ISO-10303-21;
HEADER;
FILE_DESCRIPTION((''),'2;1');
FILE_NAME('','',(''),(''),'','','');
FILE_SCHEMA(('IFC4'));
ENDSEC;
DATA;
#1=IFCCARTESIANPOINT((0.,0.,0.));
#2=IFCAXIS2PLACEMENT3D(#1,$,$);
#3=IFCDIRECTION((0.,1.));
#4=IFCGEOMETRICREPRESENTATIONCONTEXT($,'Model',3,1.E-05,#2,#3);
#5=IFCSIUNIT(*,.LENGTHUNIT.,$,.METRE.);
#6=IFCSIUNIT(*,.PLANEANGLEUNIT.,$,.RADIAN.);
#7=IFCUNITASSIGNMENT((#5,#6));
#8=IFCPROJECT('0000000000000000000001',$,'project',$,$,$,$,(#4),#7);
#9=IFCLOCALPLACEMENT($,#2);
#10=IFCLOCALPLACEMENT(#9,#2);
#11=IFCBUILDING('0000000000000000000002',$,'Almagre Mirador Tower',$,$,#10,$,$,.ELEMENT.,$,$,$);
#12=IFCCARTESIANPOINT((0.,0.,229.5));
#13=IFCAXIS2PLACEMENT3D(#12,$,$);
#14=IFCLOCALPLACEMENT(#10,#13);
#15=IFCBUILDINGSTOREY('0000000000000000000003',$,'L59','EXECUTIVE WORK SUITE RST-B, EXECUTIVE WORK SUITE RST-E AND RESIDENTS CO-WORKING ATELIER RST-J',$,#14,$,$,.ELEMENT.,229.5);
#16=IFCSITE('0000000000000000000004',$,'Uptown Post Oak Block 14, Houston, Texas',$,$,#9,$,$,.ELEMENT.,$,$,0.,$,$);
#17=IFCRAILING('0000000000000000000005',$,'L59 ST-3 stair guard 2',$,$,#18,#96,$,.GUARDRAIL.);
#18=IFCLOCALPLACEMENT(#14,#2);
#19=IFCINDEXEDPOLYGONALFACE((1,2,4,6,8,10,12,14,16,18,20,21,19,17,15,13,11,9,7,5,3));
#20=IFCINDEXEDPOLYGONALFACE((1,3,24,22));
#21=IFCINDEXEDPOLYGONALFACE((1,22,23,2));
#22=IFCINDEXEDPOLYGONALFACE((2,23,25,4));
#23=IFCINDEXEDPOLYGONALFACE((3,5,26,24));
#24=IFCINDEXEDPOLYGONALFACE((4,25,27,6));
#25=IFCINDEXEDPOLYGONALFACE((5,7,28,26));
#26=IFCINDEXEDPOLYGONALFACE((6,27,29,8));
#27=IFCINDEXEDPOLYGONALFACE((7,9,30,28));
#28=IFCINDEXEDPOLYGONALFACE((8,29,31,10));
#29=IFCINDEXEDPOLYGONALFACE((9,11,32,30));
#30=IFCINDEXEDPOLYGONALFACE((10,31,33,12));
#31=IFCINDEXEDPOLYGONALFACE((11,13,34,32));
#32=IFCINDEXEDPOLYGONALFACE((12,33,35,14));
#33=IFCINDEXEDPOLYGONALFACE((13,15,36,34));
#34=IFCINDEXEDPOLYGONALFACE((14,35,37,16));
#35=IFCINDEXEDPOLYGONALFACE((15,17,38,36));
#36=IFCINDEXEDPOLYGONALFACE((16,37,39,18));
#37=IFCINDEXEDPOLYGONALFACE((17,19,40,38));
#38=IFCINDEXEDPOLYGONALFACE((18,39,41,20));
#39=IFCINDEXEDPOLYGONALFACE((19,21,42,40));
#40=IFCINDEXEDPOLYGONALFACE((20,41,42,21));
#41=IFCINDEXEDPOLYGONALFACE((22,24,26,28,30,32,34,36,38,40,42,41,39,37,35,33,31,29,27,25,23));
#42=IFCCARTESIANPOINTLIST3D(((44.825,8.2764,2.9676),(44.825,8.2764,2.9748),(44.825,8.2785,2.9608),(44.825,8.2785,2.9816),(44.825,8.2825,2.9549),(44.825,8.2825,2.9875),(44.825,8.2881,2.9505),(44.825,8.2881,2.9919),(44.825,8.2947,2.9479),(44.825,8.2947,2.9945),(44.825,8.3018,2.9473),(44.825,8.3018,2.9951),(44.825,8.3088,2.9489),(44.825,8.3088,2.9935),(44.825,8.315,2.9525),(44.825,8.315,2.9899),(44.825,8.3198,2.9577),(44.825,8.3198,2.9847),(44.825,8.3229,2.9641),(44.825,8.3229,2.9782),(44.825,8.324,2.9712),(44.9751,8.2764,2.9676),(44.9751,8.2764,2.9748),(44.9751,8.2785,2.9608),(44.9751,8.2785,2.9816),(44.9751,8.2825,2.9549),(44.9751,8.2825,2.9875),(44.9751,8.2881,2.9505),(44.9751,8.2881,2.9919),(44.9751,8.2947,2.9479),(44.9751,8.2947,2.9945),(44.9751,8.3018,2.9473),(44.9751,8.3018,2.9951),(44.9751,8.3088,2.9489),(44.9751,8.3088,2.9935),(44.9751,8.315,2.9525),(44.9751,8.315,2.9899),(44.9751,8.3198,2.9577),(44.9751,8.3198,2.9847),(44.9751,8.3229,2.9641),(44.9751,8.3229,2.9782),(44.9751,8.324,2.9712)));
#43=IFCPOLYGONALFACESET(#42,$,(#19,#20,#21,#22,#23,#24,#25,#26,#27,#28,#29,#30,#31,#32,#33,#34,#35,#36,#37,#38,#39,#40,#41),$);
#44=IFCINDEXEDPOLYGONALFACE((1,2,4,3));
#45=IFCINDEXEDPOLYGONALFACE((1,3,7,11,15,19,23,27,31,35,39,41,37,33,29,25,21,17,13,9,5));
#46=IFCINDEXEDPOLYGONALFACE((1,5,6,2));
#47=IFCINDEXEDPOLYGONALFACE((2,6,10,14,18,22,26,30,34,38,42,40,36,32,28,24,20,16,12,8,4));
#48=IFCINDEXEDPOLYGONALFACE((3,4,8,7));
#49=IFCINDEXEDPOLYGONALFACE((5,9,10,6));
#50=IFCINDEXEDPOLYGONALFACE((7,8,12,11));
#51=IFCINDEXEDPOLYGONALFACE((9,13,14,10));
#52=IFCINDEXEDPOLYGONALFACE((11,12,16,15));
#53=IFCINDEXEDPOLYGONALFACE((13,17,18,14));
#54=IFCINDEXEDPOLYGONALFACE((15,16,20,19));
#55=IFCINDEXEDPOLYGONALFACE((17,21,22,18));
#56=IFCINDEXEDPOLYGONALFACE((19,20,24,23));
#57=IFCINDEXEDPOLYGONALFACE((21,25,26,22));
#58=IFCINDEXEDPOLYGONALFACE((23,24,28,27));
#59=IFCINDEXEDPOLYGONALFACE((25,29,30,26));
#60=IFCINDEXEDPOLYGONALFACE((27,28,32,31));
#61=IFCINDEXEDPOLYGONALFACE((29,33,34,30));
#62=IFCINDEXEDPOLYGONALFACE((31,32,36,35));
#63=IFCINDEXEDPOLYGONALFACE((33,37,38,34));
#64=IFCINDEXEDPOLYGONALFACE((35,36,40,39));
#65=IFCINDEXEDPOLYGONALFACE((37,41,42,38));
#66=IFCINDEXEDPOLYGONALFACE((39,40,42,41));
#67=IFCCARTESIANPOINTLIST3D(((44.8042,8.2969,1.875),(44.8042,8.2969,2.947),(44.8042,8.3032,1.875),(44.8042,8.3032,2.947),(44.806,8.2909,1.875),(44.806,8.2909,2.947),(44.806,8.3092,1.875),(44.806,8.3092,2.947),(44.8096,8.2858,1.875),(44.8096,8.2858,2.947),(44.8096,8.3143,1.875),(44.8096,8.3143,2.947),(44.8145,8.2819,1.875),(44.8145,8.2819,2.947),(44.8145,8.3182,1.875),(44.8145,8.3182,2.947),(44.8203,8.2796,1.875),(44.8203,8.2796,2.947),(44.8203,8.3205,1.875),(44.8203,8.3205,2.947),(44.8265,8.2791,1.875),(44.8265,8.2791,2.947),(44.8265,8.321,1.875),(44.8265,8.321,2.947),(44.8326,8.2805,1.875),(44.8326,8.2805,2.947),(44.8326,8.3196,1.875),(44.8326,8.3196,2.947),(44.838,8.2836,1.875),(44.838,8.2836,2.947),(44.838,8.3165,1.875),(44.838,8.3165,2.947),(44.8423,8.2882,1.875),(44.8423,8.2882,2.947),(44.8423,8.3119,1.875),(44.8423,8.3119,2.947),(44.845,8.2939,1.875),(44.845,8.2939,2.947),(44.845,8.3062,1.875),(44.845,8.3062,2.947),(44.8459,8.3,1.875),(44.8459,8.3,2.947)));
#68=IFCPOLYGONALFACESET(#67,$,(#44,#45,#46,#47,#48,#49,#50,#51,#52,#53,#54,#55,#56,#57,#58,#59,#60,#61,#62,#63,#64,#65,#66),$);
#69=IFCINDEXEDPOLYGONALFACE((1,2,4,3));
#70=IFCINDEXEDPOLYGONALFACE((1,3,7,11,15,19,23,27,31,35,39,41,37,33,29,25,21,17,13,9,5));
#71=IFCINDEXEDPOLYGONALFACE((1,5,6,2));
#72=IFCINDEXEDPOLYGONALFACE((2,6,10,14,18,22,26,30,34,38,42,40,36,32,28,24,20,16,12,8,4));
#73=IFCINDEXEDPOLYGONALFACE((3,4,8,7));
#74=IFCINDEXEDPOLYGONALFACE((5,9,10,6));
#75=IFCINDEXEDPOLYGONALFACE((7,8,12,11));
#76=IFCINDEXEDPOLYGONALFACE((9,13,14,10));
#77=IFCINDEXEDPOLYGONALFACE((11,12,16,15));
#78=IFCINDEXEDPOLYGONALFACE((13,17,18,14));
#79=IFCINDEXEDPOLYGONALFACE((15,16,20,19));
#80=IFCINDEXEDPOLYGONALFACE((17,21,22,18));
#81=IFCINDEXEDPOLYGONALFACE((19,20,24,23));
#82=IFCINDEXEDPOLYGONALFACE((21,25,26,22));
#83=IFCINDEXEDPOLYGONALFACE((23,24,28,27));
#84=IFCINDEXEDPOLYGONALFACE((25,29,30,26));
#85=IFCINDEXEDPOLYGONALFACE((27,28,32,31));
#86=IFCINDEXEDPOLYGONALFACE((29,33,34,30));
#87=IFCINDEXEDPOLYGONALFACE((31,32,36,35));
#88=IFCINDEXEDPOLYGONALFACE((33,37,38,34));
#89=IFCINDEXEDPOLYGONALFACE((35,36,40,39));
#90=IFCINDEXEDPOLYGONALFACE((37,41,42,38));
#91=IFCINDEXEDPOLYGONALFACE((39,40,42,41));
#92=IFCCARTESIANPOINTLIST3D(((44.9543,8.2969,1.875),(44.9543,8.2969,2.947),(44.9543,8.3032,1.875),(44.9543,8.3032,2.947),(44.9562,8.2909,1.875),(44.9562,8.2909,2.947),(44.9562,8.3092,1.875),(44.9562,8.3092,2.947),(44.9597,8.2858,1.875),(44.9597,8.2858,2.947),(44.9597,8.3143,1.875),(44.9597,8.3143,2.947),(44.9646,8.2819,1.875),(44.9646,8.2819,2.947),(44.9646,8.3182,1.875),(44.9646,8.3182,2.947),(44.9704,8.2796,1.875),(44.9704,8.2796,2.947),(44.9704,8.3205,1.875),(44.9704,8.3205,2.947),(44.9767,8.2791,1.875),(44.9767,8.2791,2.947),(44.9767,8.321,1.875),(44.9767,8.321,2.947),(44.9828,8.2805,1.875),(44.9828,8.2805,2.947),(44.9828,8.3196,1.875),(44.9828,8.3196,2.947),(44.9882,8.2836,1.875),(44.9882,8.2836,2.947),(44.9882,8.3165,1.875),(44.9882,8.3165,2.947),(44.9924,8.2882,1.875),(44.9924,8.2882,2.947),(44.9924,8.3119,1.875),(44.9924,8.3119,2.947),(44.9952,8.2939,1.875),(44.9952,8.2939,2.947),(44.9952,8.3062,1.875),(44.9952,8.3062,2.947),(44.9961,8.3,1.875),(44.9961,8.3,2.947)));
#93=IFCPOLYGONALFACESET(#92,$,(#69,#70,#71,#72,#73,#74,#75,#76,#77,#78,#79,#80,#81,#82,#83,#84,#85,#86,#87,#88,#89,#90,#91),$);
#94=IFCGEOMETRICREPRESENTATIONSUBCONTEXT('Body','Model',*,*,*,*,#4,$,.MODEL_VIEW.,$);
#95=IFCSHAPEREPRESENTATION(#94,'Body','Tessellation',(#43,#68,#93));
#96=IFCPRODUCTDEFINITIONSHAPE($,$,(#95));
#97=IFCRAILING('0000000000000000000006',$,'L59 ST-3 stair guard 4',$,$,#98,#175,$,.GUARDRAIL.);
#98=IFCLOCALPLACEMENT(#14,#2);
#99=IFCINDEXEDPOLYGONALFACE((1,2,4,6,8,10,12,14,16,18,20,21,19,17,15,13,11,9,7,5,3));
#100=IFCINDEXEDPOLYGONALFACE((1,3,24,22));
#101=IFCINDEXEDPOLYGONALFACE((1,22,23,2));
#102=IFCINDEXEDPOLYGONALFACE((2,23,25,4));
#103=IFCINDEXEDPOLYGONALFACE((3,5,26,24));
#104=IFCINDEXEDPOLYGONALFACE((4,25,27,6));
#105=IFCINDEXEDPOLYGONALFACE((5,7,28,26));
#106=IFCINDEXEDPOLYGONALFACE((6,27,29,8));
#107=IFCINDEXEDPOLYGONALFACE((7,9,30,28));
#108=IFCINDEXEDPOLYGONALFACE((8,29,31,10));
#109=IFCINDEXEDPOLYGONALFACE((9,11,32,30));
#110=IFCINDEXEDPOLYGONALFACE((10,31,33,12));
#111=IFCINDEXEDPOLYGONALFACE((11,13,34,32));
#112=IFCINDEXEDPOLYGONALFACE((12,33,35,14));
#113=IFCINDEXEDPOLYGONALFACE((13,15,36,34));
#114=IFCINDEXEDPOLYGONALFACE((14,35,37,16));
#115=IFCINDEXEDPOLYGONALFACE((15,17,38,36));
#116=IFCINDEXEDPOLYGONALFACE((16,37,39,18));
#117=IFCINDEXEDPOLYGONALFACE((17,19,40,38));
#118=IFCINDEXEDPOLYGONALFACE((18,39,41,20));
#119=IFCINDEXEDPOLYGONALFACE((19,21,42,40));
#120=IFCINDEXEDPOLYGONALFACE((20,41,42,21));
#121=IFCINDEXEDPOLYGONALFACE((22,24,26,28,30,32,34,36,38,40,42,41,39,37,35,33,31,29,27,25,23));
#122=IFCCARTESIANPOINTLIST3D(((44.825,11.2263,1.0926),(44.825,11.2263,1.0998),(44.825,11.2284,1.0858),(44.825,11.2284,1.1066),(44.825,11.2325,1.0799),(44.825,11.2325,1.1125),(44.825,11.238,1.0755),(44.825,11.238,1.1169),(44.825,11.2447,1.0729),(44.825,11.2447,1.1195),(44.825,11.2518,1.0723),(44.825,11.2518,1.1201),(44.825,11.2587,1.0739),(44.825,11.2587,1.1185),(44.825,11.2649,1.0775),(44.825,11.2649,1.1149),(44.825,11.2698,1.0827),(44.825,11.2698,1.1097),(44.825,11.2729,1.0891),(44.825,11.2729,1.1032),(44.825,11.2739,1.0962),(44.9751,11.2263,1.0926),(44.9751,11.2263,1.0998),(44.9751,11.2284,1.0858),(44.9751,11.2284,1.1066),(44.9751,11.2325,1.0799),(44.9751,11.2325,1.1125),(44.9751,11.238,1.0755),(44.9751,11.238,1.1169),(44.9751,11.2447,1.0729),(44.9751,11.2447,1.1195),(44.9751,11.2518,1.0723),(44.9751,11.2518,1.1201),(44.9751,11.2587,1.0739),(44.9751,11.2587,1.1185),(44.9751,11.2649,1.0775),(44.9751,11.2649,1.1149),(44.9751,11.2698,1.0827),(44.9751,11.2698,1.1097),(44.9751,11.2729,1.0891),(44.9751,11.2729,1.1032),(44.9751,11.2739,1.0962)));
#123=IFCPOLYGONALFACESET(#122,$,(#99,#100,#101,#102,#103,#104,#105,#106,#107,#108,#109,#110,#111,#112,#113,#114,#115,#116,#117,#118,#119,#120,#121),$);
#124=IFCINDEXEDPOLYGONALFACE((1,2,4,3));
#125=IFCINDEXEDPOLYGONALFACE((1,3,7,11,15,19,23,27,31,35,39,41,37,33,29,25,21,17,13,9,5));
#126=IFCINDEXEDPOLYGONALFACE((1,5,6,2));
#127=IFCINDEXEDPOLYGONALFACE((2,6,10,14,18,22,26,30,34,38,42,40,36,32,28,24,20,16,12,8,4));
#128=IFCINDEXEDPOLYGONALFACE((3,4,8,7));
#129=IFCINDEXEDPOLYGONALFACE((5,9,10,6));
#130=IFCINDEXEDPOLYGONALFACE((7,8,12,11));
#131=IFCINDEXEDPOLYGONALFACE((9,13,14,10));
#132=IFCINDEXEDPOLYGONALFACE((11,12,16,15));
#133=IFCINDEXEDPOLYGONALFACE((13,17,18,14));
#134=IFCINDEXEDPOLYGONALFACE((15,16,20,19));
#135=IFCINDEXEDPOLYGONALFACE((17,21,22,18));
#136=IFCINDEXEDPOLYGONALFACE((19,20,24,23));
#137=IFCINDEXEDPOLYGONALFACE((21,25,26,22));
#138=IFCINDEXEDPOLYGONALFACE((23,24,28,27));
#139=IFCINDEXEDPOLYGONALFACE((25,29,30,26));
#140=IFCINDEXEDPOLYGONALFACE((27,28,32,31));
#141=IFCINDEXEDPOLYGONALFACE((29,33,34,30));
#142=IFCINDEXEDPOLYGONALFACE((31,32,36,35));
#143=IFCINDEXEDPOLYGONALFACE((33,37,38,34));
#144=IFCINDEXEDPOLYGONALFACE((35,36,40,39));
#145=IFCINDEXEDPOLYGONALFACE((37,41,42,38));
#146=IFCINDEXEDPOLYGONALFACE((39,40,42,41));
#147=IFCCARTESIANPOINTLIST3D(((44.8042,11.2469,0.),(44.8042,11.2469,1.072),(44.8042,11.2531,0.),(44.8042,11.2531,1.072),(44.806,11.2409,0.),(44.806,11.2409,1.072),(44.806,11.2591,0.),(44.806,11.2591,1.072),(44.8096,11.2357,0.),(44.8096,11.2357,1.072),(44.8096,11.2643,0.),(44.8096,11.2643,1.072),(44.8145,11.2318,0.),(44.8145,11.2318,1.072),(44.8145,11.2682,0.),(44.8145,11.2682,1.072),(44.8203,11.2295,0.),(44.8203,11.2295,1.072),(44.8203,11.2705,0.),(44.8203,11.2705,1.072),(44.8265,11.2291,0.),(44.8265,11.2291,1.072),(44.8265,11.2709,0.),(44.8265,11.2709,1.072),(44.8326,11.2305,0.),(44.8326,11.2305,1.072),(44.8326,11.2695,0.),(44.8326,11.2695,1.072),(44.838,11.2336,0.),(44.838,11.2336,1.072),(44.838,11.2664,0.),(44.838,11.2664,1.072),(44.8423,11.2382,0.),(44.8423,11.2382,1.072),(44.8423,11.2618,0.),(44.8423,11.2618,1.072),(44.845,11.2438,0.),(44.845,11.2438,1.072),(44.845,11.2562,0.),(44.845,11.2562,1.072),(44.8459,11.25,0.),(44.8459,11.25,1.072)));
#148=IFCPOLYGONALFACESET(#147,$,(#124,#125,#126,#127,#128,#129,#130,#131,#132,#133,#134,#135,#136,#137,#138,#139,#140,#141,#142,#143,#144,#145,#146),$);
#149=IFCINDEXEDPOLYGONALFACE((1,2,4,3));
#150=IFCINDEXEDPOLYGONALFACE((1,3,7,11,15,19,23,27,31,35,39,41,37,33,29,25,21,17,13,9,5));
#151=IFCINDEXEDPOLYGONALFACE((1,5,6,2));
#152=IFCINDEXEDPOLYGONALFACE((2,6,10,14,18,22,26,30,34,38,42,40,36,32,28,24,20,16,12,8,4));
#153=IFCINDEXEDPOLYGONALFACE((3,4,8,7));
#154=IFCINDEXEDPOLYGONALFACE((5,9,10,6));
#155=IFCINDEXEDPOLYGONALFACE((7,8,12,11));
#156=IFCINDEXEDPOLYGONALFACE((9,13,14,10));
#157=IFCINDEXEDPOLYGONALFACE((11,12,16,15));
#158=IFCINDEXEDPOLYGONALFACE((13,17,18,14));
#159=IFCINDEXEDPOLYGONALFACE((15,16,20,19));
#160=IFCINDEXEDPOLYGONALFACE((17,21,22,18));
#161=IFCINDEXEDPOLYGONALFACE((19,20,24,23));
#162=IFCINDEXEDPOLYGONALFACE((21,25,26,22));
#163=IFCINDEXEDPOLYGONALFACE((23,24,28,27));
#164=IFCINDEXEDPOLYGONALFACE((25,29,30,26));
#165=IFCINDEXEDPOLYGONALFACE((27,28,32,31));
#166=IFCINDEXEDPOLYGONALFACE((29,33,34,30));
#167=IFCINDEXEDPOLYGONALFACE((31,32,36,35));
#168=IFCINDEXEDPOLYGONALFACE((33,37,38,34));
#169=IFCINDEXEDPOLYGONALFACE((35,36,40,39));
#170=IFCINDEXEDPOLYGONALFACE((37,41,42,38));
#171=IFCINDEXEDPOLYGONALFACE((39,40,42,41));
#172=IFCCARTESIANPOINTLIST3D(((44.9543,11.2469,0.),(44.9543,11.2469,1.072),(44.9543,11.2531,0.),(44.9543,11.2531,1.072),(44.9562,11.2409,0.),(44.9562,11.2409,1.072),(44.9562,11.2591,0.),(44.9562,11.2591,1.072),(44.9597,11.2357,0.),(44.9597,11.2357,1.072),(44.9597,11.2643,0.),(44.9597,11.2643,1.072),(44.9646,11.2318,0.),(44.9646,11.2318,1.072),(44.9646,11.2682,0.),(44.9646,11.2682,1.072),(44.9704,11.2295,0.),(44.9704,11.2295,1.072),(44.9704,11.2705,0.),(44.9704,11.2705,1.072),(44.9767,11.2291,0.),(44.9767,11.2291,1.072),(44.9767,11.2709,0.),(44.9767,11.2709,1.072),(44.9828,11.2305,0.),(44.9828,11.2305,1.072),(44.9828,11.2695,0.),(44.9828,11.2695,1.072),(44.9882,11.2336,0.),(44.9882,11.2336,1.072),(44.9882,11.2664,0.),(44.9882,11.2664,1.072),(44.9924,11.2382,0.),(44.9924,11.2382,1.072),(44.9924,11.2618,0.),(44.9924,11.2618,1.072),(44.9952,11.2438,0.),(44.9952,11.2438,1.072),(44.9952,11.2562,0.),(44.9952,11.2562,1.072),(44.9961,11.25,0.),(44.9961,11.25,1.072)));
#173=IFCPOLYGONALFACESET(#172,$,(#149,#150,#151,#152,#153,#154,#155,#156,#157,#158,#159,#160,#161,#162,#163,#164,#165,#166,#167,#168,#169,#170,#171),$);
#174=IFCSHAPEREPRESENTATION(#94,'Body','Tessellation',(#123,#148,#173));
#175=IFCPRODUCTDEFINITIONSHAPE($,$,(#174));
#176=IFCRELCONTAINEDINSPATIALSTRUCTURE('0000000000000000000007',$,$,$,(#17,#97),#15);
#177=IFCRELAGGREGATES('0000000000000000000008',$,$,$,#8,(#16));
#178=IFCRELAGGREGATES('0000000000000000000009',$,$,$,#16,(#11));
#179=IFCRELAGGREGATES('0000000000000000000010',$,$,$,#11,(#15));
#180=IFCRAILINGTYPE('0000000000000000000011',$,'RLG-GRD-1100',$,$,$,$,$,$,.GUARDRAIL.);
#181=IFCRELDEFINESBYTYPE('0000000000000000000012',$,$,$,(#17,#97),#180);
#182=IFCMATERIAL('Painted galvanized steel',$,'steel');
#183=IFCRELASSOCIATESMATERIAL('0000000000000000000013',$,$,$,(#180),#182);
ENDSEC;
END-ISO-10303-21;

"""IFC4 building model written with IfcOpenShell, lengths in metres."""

from ifc_helpers import new_model, si_unit, direction, frame, origin, origin_2d, place, context, subcontext, project, spatial, circle, extrude, material, type_object, element, save


model = new_model("IFC4")

# Units and contexts
model_context = context("Model", 3, precision=1e-05, world=origin(), true_north=direction((0.0, 1.0)))
body_context = subcontext(model_context, "Body", "Model", "MODEL_VIEW")
ifc_project = project(units=[si_unit("LENGTHUNIT", "METRE"), si_unit("PLANEANGLEUNIT", "RADIAN")], contexts=[model_context])

# Site, building, storey
site_placement = place(None, origin())
site = spatial("IfcSite", under=ifc_project, at=site_placement, Name="Uptown Post Oak Block 14, Houston, Texas", CompositionType="ELEMENT", RefElevation=0.0)
building_placement = place(site_placement, origin())
building = spatial("IfcBuilding", under=site, at=building_placement, Name="Almagre Mirador Tower", CompositionType="ELEMENT")
storey_placement = place(building_placement, frame((0.0, 0.0, 229.5)))
storey = spatial("IfcBuildingStorey", under=building, at=storey_placement, Name="L59", Description="EXECUTIVE WORK SUITE RST-B, EXECUTIVE WORK SUITE RST-E AND RESIDENTS CO-WORKING ATELIER RST-J", CompositionType="ELEMENT", Elevation=229.5)

# Railings
ifc_material_1 = material(Name="Painted galvanized steel", Category="steel")
railing_type_1 = type_object("IfcRailingType", Name="RLG-GRD-1100", PredefinedType="GUARDRAIL", material=ifc_material_1)
for number, where, name in (
    (1, (44.825, 8.3, 1.875), "L59 ST-3 stair guard 2"),
    (2, (44.825, 11.25, 0.0), "L59 ST-3 stair guard 4"),
):
    element("IfcRailing", number, at=place(storey_placement, frame(where)), inside=storey, type_object=railing_type_1, Name=name, PredefinedType="GUARDRAIL", context=body_context, shape_type="SweptSolid", body=[
        extrude(circle(Radius=0.0239, at=origin_2d()), frame((0.0, 0.0, 1.0962), z_axis=(1.0, 0.0, 0.0), x_axis=(0.0, 1.0, 0.0)), (0.0, 0.0, 1.0), 0.1501),
        extrude(circle(Radius=0.021, at=origin_2d()), origin(), (0.0, 0.0, 1.0), 1.072),
        extrude(circle(Radius=0.021, at=origin_2d()), frame((0.1501, 0.0, 0.0)), (0.0, 0.0, 1.0), 1.072),
    ])

save(model, "model.ifc")
